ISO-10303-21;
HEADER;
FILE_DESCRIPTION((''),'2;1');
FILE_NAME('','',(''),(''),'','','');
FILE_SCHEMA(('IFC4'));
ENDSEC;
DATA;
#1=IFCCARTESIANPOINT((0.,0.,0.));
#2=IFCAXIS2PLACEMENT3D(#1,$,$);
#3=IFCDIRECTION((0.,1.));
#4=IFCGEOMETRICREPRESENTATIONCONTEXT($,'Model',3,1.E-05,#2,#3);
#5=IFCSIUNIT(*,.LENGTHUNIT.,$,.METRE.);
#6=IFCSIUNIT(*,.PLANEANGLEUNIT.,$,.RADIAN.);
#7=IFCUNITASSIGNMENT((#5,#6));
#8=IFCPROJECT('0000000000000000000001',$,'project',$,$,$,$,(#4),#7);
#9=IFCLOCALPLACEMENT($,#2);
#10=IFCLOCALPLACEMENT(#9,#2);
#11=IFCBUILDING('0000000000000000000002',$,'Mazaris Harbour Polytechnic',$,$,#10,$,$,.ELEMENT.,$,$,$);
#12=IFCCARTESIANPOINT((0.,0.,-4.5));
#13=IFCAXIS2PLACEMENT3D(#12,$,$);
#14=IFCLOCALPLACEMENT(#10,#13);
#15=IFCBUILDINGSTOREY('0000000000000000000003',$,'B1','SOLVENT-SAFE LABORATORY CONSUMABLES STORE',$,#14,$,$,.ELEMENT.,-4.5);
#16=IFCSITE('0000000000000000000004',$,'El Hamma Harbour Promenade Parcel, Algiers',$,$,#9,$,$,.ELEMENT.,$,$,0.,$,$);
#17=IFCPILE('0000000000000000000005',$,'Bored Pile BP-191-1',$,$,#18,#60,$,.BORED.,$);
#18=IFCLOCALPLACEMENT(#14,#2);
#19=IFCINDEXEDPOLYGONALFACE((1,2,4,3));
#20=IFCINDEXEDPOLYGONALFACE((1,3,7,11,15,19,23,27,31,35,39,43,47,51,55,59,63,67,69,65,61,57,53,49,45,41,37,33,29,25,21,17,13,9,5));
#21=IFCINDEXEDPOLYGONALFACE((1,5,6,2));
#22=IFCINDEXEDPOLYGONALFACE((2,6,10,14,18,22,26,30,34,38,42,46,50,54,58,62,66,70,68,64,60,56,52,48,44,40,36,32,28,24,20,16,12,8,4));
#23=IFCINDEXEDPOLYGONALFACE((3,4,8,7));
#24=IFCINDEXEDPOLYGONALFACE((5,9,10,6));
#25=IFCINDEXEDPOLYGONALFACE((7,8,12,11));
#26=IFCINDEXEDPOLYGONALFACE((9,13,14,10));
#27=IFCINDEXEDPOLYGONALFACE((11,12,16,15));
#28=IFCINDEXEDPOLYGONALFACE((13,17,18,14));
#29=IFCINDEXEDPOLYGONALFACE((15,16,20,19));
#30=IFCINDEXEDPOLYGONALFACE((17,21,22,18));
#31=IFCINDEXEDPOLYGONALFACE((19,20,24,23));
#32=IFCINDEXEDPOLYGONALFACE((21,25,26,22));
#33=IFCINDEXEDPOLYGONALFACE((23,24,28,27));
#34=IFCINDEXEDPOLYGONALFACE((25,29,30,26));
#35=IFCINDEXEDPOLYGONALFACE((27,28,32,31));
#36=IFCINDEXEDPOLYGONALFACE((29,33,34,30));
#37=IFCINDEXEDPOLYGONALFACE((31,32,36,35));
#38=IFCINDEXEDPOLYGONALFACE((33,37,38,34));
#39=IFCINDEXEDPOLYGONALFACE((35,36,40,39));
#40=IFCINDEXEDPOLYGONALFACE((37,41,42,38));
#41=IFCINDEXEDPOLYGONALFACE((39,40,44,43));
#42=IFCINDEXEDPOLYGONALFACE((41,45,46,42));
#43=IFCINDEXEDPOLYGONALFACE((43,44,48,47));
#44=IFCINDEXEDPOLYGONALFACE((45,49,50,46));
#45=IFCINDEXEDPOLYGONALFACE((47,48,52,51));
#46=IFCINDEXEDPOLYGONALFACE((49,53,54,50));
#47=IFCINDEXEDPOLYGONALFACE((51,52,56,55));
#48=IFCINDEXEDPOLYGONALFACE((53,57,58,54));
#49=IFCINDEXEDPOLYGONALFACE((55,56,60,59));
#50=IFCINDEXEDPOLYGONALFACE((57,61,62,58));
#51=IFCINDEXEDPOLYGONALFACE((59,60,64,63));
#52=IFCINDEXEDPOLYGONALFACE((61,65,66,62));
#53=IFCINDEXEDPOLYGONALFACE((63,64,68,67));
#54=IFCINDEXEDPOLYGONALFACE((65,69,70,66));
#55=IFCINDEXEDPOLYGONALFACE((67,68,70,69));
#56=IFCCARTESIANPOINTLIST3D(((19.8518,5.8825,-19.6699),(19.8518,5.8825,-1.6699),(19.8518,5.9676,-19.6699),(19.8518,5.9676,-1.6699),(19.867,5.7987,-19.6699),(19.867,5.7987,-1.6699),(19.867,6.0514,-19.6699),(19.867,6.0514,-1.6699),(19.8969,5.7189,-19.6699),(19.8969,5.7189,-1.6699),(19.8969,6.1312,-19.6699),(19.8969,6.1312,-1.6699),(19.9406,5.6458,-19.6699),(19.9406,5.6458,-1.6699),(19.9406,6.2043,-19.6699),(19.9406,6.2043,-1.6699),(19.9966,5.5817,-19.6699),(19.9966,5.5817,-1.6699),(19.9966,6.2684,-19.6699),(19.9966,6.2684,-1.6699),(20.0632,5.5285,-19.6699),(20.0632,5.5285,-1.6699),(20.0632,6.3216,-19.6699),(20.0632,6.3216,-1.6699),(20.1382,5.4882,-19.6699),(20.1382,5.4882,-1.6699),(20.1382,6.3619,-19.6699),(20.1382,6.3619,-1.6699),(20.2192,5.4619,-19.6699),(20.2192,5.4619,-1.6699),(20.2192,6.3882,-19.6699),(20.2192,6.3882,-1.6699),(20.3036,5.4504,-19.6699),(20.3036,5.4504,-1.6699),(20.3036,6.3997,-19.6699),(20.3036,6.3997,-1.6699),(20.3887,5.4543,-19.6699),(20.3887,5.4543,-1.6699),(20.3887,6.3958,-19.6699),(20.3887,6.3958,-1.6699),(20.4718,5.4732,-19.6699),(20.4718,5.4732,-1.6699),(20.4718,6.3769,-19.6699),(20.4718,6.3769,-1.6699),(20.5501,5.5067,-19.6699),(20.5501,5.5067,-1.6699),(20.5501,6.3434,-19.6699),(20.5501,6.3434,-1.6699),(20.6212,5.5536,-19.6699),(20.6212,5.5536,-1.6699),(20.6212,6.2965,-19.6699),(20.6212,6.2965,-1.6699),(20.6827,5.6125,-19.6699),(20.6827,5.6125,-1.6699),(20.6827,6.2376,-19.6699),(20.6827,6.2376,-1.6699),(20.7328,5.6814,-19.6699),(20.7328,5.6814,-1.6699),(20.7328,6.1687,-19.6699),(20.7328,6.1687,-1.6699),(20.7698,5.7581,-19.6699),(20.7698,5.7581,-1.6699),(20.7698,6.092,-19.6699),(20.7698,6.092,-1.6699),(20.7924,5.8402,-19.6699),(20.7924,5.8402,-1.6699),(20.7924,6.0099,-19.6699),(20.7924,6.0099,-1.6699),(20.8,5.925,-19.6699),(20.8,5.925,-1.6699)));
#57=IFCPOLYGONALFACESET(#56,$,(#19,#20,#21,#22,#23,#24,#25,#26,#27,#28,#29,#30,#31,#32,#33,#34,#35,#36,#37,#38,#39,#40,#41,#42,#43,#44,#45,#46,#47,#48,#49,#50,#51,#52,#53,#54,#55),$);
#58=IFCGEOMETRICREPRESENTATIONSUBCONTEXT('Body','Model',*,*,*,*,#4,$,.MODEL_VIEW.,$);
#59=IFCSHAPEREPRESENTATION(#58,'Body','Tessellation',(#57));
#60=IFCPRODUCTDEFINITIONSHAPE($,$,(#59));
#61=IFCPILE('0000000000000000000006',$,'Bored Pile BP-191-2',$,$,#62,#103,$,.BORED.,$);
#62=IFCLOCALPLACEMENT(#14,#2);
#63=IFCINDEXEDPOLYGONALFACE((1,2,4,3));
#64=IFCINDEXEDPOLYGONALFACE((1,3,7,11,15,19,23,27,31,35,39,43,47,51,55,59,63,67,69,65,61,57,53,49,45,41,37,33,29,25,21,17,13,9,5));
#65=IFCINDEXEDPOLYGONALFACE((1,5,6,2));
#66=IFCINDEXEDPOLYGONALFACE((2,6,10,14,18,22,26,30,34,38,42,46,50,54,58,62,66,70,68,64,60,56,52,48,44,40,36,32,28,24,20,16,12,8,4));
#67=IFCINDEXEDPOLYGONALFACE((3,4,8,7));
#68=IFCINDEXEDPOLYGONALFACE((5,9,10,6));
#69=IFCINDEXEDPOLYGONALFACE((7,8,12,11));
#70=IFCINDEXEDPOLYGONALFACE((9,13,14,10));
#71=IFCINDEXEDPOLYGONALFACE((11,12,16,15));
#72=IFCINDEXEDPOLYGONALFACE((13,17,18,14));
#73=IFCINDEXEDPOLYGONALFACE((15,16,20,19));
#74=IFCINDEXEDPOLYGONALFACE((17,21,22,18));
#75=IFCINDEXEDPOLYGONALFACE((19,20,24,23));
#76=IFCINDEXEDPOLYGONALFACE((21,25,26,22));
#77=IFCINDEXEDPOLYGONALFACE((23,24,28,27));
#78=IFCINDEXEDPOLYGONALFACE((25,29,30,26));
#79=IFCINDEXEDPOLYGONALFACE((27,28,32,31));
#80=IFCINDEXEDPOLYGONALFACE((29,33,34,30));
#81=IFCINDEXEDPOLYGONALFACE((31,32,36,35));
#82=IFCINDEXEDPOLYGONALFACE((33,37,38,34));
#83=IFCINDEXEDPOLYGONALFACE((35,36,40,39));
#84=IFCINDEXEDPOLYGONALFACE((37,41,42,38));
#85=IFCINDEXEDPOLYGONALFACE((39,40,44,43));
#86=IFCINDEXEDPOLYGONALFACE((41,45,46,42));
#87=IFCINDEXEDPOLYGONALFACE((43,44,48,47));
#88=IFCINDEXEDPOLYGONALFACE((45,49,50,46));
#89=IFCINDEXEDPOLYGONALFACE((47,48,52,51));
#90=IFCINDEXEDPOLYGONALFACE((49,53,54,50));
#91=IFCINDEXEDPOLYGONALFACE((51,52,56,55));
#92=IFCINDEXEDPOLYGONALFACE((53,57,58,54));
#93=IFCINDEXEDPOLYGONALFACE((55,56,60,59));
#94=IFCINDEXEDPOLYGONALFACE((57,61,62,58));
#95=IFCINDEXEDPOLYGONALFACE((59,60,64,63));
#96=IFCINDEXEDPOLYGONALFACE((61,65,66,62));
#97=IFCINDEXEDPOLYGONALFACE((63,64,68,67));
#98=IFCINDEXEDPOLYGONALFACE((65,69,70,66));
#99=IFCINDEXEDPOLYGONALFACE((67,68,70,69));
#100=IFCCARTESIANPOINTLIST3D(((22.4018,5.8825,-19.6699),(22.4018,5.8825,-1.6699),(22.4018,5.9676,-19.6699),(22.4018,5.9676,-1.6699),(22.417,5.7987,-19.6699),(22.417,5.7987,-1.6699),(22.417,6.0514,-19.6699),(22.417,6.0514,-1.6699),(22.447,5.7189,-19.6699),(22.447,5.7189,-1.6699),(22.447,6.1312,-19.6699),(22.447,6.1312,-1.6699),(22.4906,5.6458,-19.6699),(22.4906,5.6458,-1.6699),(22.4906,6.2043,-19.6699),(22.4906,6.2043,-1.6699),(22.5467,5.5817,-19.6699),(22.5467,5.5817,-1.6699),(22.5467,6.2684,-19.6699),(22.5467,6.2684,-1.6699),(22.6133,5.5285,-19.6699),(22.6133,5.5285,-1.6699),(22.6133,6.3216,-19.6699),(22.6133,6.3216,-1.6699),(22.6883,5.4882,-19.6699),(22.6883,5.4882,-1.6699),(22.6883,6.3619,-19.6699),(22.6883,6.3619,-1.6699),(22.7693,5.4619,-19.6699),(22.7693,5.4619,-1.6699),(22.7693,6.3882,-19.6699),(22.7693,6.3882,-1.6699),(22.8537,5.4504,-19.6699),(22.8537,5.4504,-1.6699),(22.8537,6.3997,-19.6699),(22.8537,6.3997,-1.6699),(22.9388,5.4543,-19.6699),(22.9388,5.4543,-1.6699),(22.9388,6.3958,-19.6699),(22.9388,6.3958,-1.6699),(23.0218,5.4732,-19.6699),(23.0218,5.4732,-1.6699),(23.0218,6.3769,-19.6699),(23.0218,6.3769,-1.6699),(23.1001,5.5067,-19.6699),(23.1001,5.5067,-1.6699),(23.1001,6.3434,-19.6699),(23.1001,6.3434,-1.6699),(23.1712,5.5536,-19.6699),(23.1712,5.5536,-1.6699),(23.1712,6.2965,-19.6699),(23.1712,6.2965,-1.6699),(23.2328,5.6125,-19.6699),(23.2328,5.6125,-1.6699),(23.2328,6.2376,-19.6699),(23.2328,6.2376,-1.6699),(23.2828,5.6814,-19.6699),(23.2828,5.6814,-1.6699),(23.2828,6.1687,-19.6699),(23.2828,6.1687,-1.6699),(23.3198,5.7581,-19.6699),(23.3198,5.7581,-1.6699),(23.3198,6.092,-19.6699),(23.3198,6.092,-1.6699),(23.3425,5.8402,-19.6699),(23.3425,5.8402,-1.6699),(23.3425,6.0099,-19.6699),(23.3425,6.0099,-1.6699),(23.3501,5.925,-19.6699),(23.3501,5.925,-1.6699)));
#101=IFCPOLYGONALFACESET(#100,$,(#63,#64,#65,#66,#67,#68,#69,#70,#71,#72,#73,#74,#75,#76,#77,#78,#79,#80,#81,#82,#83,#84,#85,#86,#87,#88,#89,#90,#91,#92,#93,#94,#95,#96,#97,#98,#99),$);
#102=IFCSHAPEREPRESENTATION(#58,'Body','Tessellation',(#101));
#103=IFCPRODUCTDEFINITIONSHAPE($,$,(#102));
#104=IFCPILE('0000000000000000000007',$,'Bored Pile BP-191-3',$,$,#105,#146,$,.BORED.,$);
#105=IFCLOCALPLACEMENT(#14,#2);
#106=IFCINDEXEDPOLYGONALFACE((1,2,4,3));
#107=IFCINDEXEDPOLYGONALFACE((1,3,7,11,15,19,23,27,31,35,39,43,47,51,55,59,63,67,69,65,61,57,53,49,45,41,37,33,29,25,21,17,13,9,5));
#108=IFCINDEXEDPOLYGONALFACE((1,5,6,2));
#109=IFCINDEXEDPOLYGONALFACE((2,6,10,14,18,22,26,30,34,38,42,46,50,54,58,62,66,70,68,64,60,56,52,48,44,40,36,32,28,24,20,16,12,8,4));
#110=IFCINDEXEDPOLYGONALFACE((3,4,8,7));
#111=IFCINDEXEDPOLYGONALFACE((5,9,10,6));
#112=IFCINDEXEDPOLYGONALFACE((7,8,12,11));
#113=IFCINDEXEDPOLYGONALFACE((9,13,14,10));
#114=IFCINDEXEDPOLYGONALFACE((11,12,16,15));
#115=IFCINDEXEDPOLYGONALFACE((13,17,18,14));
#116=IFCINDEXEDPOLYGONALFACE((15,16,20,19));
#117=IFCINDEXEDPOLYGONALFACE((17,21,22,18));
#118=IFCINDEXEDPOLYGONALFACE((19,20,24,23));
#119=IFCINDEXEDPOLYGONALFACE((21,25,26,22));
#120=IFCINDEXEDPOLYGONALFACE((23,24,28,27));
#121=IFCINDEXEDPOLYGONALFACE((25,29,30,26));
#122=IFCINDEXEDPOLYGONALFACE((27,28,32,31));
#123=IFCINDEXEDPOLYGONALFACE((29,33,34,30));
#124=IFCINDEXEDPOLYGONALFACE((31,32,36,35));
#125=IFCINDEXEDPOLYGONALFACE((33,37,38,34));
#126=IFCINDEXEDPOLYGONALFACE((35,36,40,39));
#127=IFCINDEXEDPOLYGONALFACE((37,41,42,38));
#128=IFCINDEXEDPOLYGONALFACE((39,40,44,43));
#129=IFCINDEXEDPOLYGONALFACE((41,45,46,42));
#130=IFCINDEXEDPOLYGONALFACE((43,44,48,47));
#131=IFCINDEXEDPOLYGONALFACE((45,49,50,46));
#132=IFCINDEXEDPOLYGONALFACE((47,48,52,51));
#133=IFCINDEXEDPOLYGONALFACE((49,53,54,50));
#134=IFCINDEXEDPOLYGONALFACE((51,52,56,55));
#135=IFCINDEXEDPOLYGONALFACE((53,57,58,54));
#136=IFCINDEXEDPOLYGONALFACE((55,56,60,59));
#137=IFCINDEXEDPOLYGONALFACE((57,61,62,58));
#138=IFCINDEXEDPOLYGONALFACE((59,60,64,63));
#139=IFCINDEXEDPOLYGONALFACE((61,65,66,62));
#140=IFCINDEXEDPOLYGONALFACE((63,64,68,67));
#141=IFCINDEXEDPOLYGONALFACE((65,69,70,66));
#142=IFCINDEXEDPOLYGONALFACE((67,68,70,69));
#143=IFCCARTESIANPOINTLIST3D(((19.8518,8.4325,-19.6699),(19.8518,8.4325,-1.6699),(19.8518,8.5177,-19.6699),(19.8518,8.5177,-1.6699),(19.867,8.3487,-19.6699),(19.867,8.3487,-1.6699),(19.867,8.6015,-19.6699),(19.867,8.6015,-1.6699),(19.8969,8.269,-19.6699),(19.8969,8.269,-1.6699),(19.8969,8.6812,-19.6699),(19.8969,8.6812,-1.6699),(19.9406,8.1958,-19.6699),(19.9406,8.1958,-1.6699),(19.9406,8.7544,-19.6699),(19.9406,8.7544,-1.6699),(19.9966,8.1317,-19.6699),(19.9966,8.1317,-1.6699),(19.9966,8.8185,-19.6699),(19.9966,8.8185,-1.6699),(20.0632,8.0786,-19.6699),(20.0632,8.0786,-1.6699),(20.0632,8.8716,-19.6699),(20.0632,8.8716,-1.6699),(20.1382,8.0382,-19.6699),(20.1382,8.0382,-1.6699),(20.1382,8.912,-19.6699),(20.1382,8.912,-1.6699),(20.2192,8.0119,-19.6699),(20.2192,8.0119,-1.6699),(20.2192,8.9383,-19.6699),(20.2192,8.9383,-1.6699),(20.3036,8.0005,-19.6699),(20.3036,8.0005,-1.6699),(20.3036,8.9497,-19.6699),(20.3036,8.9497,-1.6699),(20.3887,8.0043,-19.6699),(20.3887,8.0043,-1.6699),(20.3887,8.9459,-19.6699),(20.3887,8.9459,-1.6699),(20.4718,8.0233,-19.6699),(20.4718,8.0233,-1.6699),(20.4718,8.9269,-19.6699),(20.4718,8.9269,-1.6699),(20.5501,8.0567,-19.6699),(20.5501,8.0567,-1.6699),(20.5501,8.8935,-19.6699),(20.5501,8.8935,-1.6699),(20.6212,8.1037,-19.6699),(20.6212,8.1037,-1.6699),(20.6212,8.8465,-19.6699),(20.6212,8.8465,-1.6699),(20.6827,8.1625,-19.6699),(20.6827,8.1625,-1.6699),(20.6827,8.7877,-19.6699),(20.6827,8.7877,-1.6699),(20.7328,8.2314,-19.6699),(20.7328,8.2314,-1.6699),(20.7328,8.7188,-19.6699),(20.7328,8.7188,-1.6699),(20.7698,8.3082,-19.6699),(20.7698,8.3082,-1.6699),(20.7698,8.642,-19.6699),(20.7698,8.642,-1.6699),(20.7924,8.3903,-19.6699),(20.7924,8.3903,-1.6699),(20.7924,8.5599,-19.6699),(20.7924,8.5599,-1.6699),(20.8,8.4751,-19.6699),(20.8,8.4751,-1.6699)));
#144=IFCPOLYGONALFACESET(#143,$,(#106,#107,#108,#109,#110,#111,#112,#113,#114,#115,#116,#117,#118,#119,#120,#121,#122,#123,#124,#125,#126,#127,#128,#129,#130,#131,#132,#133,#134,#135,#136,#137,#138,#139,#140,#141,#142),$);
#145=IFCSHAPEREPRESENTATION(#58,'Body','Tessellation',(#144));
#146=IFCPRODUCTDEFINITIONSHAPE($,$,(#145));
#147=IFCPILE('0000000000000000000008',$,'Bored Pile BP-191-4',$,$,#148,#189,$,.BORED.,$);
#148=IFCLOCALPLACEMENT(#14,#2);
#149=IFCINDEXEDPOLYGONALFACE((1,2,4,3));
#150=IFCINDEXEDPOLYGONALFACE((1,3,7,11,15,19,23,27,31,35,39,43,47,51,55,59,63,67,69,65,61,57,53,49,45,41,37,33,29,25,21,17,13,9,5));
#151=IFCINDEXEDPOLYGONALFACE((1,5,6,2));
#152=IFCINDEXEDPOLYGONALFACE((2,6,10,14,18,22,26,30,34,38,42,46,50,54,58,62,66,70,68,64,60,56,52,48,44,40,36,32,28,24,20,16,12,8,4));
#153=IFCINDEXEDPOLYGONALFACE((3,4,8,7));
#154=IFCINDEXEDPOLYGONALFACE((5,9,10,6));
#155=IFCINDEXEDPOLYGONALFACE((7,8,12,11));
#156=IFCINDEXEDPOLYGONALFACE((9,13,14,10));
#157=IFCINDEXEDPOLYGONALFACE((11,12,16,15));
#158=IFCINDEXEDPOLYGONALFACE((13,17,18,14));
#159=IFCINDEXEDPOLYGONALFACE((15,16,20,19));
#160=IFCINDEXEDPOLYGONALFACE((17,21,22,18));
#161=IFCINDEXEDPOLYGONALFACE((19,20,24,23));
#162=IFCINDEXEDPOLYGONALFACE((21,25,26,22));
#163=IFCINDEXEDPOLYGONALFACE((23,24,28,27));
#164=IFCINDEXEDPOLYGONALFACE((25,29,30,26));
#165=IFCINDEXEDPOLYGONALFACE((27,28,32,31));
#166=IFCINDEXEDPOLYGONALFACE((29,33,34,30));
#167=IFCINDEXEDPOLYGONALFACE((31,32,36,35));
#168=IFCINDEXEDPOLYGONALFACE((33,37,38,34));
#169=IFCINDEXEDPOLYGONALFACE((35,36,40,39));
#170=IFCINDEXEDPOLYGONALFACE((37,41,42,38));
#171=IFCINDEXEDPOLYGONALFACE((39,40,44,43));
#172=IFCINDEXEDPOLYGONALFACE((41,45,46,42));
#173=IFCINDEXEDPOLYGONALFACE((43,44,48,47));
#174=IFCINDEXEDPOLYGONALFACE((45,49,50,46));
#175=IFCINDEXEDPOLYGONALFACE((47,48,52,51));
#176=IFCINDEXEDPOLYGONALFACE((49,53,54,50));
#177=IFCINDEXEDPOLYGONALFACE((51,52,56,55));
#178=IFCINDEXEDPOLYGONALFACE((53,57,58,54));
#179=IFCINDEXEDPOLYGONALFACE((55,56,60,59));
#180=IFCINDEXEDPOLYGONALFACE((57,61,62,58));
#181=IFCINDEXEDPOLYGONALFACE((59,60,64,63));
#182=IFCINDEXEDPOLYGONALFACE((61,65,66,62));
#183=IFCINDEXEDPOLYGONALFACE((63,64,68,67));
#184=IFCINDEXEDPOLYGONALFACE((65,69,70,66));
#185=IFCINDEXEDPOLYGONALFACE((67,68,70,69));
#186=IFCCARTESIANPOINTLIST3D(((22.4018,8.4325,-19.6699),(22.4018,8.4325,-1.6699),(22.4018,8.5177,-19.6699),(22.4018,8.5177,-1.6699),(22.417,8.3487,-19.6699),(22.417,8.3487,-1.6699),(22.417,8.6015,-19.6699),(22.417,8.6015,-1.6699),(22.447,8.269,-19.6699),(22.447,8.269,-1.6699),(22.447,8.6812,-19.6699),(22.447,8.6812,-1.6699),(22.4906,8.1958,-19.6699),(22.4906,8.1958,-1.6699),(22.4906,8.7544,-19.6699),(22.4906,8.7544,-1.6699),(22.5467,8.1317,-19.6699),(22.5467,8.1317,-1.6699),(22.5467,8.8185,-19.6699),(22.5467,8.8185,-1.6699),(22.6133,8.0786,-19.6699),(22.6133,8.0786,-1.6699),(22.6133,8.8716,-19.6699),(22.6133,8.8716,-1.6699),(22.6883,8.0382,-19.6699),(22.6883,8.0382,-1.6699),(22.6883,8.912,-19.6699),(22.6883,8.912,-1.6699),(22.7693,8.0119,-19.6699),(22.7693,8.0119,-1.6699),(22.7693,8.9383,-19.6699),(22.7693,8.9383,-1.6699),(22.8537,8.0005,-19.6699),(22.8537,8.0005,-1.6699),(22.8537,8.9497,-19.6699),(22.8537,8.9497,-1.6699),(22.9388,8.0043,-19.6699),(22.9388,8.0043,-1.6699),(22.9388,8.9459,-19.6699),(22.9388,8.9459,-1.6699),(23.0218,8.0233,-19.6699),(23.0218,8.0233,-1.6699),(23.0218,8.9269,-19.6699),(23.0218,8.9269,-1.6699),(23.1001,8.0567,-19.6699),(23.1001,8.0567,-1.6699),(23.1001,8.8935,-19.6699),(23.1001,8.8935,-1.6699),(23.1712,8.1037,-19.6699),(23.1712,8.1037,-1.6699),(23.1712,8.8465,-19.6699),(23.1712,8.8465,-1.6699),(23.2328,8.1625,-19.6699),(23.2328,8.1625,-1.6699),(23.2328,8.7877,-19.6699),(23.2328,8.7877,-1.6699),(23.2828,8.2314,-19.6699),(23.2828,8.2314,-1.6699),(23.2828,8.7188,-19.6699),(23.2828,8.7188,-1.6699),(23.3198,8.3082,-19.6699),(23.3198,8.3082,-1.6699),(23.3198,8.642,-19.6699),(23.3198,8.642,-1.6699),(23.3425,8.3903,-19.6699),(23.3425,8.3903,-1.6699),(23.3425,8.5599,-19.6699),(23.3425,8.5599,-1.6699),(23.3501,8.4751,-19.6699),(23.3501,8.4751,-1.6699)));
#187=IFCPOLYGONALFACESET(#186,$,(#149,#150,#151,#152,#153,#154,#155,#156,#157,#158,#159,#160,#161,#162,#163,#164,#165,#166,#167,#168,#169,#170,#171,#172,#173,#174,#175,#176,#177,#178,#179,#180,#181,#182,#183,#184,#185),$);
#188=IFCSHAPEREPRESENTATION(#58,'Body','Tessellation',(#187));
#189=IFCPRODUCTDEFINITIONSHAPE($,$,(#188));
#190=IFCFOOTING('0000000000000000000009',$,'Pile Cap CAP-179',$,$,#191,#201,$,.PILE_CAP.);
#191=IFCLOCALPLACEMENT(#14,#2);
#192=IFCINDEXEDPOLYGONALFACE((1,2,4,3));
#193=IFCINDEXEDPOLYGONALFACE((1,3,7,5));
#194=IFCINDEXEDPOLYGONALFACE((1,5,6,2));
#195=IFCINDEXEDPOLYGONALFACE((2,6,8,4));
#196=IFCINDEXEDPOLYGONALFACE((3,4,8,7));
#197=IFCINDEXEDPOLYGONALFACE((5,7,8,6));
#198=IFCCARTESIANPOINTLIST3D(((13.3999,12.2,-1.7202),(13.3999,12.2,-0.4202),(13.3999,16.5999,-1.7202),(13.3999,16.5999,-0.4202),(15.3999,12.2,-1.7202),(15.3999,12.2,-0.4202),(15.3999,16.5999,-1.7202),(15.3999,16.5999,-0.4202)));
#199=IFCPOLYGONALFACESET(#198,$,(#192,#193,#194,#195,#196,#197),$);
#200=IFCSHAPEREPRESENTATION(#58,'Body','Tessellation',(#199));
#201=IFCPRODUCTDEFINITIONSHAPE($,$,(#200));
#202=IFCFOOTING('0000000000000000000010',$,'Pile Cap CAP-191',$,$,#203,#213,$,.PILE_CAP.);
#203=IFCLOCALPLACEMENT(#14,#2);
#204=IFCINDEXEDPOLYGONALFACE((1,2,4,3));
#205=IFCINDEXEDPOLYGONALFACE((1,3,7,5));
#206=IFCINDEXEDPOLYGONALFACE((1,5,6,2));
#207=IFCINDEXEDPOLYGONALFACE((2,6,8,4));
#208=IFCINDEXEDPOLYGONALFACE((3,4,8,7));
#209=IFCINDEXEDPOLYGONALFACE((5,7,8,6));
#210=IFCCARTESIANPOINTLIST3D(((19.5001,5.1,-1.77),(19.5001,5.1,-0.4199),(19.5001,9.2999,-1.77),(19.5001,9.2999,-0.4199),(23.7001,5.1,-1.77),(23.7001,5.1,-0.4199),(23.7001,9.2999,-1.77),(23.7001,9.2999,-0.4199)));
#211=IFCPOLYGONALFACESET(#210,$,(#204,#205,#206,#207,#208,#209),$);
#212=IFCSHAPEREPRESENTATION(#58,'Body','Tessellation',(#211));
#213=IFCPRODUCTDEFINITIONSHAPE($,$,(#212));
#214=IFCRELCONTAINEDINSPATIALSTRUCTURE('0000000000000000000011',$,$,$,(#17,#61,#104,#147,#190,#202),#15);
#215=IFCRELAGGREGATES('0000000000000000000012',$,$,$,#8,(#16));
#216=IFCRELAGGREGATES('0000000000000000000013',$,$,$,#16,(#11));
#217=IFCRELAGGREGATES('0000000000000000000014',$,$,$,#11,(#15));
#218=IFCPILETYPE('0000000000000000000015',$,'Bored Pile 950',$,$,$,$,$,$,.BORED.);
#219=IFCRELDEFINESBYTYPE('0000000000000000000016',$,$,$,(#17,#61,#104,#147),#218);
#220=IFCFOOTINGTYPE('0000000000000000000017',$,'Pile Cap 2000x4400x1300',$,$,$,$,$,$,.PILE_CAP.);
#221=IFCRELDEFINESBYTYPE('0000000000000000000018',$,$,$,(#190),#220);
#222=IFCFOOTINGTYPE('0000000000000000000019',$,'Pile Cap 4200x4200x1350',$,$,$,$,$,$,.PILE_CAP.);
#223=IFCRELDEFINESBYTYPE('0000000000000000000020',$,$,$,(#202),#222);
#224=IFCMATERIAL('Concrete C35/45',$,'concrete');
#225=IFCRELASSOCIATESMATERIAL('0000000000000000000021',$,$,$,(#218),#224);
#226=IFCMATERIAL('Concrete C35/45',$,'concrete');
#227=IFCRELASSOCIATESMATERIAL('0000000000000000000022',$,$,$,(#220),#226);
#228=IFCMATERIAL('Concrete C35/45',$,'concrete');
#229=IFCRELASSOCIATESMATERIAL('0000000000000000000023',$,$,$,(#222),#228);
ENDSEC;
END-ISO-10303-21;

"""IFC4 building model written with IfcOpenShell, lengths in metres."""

from ifc_helpers import new_model, si_unit, direction, frame, origin, origin_2d, place, context, subcontext, project, spatial, rectangle, circle, extrude, material, material_profile, profile_set, type_object, element, save


model = new_model("IFC4")

# Units and contexts
model_context = context("Model", 3, precision=1e-05, world=origin(), true_north=direction((0.0, 1.0)))
body_context = subcontext(model_context, "Body", "Model", "MODEL_VIEW")
ifc_project = project(units=[si_unit("LENGTHUNIT", "METRE"), si_unit("PLANEANGLEUNIT", "RADIAN")], contexts=[model_context])

# Site, building, storey
site_placement = place(None, origin())
site = spatial("IfcSite", under=ifc_project, at=site_placement, Name="El Hamma Harbour Promenade Parcel, Algiers", CompositionType="ELEMENT", RefElevation=0.0)
building_placement = place(site_placement, origin())
building = spatial("IfcBuilding", under=site, at=building_placement, Name="Mazaris Harbour Polytechnic", CompositionType="ELEMENT")
storey_placement = place(building_placement, frame((0.0, 0.0, -4.5)))
storey = spatial("IfcBuildingStorey", under=building, at=storey_placement, Name="B1", Description="SOLVENT-SAFE LABORATORY CONSUMABLES STORE", CompositionType="ELEMENT", Elevation=-4.5)

# Piles
ifc_material_1 = material(Name="Concrete C35/45", Category="concrete")
ifc_material_profile_1 = material_profile(ifc_material_1, circle(Radius=0.4751, at=origin_2d()), Name="DIA950")
ifc_profile_set_1 = profile_set([ifc_material_profile_1], Name="Concrete C35/45")
pile_type_1 = type_object("IfcPileType", Name="Bored Pile 950", PredefinedType="BORED", material=ifc_profile_set_1)
for number, where, z_axis, x_axis, name in (
    (1, (20.325, 5.925, -1.6699), (0.0, 0.0, -1.0), (1.0, 0.0, 0.0), "Bored Pile BP-191-1"),
    (2, (22.875, 5.925, -1.6699), (0.0, 0.0, -1.0), (1.0, 0.0, 0.0), "Bored Pile BP-191-2"),
    (3, (20.325, 8.4751, -1.6699), (0.0, 0.0, -1.0), (1.0, 0.0, 0.0), "Bored Pile BP-191-3"),
    (4, (22.875, 8.4751, -1.6699), (0.0, 0.0, -1.0), (1.0, 0.0, 0.0), "Bored Pile BP-191-4"),
):
    element("IfcPile", number, at=place(storey_placement, frame(where, z_axis=z_axis, x_axis=x_axis)), inside=storey, type_object=pile_type_1, Name=name, PredefinedType="BORED", context=body_context, shape_type="SweptSolid", body=[
        extrude(circle(Radius=0.4751, at=origin_2d()), origin(), (0.0, 0.0, 1.0), 18.0),
    ])

# Footings
ifc_material_2 = material(Name="Concrete C35/45", Category="concrete")
footing_type_1 = type_object("IfcFootingType", Name="Pile Cap 2000x4400x1300", PredefinedType="PILE_CAP", material=ifc_material_2)
footing_1_placement = place(storey_placement, frame((14.3999, 14.3999, -1.7202), z_axis=(0.0, 0.0, 1.0), x_axis=(1.0, 0.0, 0.0)))
element("IfcFooting", 5, at=footing_1_placement, inside=storey, type_object=footing_type_1, Name="Pile Cap CAP-179", PredefinedType="PILE_CAP", context=body_context, shape_type="SweptSolid", body=[
    extrude(rectangle(XDim=2.0, YDim=4.3999, at=origin_2d()), origin(), (0.0, 0.0, 1.0), 1.3),
])
ifc_material_3 = material(Name="Concrete C35/45", Category="concrete")
footing_type_2 = type_object("IfcFootingType", Name="Pile Cap 4200x4200x1350", PredefinedType="PILE_CAP", material=ifc_material_3)
footing_2_placement = place(storey_placement, frame((21.6001, 7.2, -1.77), z_axis=(0.0, 0.0, 1.0), x_axis=(1.0, 0.0, 0.0)))
element("IfcFooting", 6, at=footing_2_placement, inside=storey, type_object=footing_type_2, Name="Pile Cap CAP-191", PredefinedType="PILE_CAP", context=body_context, shape_type="SweptSolid", body=[
    extrude(rectangle(XDim=4.2, YDim=4.2, at=origin_2d()), origin(), (0.0, 0.0, 1.0), 1.3501),
])

save(model, "model.ifc")
